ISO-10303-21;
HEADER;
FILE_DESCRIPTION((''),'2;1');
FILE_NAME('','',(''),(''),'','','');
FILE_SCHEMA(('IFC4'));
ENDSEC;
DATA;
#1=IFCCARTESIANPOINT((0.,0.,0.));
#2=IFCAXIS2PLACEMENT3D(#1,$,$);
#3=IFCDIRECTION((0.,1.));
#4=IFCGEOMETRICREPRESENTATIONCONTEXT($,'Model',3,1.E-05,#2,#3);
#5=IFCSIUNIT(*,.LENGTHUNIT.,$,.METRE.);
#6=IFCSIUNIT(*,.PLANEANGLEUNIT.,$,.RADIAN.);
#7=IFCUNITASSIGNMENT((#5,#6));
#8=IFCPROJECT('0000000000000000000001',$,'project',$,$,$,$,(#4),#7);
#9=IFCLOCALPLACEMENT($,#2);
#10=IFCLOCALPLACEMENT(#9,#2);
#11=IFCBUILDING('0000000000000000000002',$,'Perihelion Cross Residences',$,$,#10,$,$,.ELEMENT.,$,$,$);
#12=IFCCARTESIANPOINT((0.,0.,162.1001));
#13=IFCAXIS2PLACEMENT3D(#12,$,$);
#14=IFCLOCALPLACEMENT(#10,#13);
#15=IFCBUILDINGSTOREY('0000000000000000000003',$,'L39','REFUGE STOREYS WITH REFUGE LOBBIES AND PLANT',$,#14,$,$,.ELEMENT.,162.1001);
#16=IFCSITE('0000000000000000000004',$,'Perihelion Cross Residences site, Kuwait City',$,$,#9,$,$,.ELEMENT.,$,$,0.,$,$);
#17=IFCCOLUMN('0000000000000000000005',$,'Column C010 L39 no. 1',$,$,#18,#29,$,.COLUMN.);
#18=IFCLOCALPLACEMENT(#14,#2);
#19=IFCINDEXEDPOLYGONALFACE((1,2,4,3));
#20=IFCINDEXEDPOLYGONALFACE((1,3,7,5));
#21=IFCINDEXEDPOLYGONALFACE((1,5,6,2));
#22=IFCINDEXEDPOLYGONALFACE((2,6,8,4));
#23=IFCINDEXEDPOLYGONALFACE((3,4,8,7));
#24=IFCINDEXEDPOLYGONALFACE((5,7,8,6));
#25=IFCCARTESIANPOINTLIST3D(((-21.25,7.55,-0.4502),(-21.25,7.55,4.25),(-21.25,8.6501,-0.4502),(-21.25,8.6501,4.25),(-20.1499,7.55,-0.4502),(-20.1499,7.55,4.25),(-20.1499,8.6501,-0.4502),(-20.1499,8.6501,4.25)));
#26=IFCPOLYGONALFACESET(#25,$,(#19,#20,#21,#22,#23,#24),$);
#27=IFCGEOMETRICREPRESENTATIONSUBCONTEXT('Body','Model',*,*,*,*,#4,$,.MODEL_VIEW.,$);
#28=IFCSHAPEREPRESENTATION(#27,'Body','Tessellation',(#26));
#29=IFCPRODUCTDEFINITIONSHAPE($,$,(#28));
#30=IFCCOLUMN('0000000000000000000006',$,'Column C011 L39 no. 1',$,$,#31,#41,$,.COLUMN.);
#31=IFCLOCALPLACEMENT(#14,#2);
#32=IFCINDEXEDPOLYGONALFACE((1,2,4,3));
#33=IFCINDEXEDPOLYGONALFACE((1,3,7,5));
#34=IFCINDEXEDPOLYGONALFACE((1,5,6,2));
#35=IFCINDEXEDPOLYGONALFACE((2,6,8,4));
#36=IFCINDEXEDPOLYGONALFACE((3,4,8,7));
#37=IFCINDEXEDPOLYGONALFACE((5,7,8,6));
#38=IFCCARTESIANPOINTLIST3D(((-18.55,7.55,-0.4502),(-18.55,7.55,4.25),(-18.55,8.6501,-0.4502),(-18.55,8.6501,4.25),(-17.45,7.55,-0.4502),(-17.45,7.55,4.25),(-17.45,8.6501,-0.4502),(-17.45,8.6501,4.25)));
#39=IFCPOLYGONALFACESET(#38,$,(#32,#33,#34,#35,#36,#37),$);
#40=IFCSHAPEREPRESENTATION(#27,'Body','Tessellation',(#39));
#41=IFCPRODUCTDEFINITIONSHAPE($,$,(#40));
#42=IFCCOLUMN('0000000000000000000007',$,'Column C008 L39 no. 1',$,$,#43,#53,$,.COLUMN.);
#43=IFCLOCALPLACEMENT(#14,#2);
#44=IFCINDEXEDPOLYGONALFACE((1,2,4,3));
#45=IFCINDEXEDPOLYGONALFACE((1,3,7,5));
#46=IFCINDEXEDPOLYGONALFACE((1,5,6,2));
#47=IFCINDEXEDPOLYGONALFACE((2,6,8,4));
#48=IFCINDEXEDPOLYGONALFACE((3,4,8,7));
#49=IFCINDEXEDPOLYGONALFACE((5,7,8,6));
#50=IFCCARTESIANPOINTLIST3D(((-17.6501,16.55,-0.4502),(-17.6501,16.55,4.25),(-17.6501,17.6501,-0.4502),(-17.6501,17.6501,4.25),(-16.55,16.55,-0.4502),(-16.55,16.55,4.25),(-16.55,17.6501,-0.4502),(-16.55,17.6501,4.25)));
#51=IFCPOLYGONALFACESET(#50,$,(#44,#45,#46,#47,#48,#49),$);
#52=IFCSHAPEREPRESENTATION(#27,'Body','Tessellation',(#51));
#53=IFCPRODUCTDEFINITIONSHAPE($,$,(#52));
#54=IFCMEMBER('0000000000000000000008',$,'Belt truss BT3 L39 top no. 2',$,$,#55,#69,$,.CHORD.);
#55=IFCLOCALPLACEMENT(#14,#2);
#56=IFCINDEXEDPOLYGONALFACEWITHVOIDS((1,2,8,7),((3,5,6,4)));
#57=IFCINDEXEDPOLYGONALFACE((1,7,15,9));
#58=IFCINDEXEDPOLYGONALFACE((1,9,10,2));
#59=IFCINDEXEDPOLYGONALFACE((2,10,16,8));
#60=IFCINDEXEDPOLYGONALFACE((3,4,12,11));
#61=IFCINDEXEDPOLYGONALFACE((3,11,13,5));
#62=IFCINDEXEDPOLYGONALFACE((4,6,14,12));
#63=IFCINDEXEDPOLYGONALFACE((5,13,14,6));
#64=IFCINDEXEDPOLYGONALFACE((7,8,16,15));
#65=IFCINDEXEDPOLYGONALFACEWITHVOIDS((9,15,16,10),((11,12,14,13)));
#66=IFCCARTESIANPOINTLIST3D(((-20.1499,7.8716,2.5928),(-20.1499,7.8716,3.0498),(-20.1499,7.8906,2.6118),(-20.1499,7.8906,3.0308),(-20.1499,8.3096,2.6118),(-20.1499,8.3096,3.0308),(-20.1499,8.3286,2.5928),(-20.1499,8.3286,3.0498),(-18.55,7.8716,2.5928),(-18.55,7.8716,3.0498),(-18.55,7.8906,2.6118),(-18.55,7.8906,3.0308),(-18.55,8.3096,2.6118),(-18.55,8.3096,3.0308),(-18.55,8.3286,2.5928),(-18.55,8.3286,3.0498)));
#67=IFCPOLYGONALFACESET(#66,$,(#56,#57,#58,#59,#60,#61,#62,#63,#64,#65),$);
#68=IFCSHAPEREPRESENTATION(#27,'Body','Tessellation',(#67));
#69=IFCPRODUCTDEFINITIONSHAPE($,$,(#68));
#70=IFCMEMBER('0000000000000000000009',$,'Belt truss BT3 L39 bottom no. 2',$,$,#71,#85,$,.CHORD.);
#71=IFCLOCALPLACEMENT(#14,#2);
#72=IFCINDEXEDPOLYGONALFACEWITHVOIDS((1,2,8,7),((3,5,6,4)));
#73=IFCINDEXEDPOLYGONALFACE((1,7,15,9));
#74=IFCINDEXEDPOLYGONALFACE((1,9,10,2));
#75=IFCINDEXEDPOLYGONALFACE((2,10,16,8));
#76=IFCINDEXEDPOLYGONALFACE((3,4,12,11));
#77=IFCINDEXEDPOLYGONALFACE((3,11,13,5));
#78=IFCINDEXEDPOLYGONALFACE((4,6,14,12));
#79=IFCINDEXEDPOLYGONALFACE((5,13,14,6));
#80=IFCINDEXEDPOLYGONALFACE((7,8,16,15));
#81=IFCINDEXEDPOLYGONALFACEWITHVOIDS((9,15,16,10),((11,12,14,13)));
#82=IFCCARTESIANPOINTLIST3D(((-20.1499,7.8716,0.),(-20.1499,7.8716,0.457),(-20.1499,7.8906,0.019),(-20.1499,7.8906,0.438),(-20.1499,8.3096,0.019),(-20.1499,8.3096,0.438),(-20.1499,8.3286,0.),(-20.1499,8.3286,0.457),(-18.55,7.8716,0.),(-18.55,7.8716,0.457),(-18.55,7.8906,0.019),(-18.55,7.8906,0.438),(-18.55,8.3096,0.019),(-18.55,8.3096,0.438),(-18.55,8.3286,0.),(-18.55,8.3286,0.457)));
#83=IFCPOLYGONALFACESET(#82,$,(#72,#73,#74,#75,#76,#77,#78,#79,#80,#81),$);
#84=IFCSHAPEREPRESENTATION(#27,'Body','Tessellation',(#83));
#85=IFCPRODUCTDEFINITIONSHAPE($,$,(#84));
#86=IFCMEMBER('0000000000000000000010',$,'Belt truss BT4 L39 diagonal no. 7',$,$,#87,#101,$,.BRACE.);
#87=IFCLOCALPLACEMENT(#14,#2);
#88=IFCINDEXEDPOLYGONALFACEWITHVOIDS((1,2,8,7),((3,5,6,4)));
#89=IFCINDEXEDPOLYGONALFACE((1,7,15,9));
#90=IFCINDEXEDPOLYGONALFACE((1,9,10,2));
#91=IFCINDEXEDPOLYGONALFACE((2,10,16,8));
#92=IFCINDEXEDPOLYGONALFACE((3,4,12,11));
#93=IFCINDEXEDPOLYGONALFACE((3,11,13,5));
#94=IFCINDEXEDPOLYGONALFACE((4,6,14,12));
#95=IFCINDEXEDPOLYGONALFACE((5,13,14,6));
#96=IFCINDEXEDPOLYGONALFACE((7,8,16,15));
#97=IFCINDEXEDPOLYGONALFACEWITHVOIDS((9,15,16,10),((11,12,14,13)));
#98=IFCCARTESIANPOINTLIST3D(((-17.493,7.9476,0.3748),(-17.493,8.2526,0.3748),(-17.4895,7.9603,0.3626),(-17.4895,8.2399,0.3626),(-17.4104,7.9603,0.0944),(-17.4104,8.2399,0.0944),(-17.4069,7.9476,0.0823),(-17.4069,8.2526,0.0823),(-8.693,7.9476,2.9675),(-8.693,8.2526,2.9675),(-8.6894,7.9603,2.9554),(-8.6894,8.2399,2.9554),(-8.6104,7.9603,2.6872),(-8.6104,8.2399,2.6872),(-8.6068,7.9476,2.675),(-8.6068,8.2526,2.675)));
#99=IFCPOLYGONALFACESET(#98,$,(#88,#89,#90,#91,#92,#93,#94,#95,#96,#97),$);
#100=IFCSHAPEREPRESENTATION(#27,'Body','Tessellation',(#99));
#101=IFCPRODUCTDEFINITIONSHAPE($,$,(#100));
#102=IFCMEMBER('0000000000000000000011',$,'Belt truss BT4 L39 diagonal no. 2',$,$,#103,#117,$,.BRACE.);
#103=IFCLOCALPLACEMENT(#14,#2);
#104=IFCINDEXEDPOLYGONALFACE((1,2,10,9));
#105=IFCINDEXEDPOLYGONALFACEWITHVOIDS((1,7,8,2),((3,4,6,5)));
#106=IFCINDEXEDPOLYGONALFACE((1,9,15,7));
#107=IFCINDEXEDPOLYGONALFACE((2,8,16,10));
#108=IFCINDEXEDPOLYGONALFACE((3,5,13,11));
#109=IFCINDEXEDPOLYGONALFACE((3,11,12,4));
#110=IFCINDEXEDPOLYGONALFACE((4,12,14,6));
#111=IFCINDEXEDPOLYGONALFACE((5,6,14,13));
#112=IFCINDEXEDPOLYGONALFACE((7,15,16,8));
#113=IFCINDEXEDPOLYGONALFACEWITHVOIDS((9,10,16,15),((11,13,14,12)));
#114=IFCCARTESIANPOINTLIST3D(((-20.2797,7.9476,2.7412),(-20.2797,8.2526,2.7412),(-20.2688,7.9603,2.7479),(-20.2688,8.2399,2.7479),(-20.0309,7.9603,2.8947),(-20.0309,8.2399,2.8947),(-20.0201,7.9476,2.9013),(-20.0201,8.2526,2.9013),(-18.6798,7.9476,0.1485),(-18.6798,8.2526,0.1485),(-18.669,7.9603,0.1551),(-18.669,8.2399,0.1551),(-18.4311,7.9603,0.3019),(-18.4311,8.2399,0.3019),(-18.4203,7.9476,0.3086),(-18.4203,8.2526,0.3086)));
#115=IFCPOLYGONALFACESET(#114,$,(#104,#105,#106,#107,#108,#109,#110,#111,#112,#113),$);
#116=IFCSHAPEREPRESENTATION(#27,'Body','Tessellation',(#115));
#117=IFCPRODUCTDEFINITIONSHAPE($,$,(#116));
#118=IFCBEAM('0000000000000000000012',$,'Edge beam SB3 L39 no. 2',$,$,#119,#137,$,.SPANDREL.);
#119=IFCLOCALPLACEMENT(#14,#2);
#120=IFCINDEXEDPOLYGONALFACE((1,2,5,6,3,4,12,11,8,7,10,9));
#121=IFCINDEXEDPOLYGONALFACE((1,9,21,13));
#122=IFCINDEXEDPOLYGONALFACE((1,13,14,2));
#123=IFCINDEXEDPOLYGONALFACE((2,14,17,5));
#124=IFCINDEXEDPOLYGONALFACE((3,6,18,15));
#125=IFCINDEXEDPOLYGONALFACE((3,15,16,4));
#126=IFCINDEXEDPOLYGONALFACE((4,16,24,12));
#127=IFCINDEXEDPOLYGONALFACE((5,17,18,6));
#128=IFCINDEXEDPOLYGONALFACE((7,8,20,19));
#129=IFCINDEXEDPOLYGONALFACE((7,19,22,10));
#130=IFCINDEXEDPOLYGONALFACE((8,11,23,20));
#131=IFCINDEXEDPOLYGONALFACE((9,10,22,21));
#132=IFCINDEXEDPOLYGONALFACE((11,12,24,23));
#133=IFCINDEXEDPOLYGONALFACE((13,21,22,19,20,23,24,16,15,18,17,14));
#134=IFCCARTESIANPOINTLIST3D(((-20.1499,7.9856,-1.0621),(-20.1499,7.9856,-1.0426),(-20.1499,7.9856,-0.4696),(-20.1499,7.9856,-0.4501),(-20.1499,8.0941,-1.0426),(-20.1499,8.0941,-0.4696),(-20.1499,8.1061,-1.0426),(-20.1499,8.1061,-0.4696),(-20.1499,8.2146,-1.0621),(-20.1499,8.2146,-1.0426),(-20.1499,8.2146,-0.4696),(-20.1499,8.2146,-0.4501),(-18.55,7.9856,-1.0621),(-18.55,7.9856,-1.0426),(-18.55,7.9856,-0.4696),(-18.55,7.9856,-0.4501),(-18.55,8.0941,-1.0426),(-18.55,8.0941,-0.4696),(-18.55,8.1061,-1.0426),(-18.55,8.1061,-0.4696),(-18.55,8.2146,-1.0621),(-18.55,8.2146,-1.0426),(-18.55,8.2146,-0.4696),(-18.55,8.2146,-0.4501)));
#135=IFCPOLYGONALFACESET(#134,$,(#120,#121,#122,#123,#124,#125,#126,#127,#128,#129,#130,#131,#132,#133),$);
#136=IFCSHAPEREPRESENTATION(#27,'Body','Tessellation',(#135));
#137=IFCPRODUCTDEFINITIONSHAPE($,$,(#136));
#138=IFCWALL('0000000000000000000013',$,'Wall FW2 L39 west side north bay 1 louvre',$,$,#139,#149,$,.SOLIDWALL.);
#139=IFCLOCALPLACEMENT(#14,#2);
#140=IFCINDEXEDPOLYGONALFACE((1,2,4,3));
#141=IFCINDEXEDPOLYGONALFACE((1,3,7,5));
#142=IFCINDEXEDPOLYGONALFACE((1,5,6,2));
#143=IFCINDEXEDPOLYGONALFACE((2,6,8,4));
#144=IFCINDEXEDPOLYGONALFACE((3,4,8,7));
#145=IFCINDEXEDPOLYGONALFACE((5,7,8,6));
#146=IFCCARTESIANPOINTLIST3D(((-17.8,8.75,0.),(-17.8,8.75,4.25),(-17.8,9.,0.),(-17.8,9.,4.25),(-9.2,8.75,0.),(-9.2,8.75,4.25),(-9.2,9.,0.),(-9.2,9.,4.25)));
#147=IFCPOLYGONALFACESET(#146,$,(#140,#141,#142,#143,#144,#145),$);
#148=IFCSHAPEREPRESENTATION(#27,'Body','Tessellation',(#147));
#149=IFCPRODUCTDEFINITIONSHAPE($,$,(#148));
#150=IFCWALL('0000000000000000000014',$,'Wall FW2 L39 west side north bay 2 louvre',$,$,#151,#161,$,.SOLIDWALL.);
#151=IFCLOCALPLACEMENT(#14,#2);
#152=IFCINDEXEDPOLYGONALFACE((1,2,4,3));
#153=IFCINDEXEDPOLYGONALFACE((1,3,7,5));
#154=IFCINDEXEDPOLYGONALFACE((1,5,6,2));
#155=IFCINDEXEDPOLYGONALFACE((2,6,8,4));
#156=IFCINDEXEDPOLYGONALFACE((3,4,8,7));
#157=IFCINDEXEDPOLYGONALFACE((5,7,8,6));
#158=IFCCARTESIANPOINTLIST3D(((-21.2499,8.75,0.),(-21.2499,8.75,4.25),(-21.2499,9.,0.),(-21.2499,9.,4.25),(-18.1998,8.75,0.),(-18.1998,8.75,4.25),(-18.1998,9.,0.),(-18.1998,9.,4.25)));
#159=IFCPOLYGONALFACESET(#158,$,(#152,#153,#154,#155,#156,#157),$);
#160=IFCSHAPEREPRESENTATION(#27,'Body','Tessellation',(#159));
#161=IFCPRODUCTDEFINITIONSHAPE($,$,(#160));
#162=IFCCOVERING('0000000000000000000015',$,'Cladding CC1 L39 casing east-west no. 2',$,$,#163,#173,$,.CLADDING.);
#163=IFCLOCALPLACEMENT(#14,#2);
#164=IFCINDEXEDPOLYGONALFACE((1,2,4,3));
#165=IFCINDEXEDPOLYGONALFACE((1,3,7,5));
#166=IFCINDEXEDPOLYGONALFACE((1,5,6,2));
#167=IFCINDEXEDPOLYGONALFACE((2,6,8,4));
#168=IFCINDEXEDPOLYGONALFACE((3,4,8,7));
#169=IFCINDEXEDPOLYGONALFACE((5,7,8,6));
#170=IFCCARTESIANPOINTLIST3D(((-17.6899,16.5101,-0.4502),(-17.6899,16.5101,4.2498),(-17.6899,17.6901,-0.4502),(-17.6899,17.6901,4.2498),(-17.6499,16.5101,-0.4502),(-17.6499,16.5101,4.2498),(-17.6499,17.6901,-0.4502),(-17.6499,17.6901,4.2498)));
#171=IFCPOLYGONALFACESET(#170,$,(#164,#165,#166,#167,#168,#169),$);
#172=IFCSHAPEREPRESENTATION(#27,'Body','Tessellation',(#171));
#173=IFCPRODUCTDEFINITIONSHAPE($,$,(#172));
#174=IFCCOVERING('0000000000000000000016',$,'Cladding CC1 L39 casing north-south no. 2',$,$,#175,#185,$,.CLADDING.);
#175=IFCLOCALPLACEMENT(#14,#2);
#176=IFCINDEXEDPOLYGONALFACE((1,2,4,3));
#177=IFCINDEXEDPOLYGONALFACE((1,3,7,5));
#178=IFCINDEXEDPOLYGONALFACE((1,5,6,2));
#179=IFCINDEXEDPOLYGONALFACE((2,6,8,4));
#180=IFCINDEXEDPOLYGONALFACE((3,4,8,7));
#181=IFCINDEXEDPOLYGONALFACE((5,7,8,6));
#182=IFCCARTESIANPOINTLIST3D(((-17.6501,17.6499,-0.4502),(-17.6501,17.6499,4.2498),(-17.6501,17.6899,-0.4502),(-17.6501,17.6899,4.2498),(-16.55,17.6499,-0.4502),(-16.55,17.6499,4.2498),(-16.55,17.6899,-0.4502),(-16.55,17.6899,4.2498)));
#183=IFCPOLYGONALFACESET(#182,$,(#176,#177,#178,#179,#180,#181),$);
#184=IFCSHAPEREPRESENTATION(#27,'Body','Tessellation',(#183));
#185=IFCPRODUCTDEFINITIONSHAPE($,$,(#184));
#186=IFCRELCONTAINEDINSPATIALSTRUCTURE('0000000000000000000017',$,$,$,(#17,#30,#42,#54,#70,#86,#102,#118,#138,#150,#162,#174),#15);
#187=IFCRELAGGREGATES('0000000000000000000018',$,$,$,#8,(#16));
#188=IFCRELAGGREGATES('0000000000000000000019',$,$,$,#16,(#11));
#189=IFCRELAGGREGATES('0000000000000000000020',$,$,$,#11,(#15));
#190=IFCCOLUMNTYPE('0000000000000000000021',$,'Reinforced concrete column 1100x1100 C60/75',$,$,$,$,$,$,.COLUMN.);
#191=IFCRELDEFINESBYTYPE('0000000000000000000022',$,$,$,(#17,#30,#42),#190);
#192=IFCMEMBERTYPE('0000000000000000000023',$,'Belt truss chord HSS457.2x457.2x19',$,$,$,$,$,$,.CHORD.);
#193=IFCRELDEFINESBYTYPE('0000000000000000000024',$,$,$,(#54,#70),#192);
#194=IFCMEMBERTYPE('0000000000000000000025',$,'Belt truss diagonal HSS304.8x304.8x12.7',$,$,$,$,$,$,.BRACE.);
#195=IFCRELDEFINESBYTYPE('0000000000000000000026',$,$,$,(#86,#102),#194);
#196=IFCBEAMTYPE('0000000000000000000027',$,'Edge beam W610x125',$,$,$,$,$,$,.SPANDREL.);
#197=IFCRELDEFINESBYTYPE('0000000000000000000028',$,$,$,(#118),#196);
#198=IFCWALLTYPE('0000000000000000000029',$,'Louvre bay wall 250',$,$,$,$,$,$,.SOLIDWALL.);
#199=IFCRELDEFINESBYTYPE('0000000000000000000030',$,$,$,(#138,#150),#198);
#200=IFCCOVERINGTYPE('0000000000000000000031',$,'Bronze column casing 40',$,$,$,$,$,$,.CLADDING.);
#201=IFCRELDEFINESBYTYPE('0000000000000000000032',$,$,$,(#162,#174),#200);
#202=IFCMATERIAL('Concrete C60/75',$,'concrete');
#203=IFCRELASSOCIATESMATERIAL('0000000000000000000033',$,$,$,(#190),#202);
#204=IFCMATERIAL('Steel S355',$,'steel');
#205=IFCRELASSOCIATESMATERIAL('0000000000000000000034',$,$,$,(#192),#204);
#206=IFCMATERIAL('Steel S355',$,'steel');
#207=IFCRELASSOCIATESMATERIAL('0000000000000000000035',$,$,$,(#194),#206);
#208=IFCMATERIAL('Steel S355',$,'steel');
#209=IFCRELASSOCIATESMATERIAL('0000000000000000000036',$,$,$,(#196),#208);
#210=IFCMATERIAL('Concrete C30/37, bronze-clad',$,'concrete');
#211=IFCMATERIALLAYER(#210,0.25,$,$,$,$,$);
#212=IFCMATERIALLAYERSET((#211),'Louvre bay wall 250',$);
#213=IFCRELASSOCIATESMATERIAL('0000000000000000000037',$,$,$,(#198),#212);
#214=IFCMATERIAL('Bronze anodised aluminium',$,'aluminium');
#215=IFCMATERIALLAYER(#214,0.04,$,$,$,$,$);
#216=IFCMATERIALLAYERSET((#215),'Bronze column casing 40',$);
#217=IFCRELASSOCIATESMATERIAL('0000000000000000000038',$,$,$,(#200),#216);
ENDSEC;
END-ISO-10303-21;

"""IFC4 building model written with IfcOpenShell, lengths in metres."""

from ifc_helpers import new_model, si_unit, direction, frame, frame_2d, origin, origin_2d, place, context, subcontext, project, spatial, rectangle, hollow_rectangle, i_section, extrude, material, layer, layer_set, material_profile, profile_set, type_object, element, save


model = new_model("IFC4")

# Units and contexts
model_context = context("Model", 3, precision=1e-05, world=origin(), true_north=direction((0.0, 1.0)))
body_context = subcontext(model_context, "Body", "Model", "MODEL_VIEW")
ifc_project = project(units=[si_unit("LENGTHUNIT", "METRE"), si_unit("PLANEANGLEUNIT", "RADIAN")], contexts=[model_context])

# Site, building, storey
site_placement = place(None, origin())
site = spatial("IfcSite", under=ifc_project, at=site_placement, Name="Perihelion Cross Residences site, Kuwait City", CompositionType="ELEMENT", RefElevation=0.0)
building_placement = place(site_placement, origin())
building = spatial("IfcBuilding", under=site, at=building_placement, Name="Perihelion Cross Residences", CompositionType="ELEMENT")
storey_placement = place(building_placement, frame((0.0, 0.0, 162.1001)))
storey = spatial("IfcBuildingStorey", under=building, at=storey_placement, Name="L39", Description="REFUGE STOREYS WITH REFUGE LOBBIES AND PLANT", CompositionType="ELEMENT", Elevation=162.1001)

# Columns
ifc_material_1 = material(Name="Concrete C60/75", Category="concrete")
ifc_material_profile_1 = material_profile(ifc_material_1, rectangle(XDim=1.1001, YDim=1.1001, at=origin_2d()), Name="RC 1100x1100")
ifc_profile_set_1 = profile_set([ifc_material_profile_1], Name="Concrete C60/75")
column_type = type_object("IfcColumnType", Name="Reinforced concrete column 1100x1100 C60/75", PredefinedType="COLUMN", material=ifc_profile_set_1)
for number, where, z_axis, x_axis, name in (
    (1, (-20.7, 8.1001, -0.4502), (0.0, 0.0, 1.0), (1.0, 0.0, 0.0), "Column C010 L39 no. 1"),
    (2, (-18.0, 8.1001, -0.4502), (0.0, 0.0, 1.0), (1.0, 0.0, 0.0), "Column C011 L39 no. 1"),
    (3, (-17.1001, 17.1001, -0.4502), (0.0, 0.0, 1.0), (1.0, 0.0, 0.0), "Column C008 L39 no. 1"),
):
    element("IfcColumn", number, at=place(storey_placement, frame(where, z_axis=z_axis, x_axis=x_axis)), inside=storey, type_object=column_type, Name=name, PredefinedType="COLUMN", context=body_context, shape_type="SweptSolid", body=[
        extrude(rectangle(XDim=1.1001, YDim=1.1001, at=origin_2d()), origin(), (0.0, 0.0, 1.0), 4.7002),
    ])

# Members
ifc_material_2 = material(Name="Steel S355", Category="steel")
ifc_material_profile_2 = material_profile(ifc_material_2, hollow_rectangle(XDim=0.457, YDim=0.457, WallThickness=0.019, at=origin_2d()), Name="HSS457.2x457.2x19")
ifc_profile_set_2 = profile_set([ifc_material_profile_2], Name="Steel S355")
member_type_1 = type_object("IfcMemberType", Name="Belt truss chord HSS457.2x457.2x19", PredefinedType="CHORD", material=ifc_profile_set_2)
for number, where, z_axis, x_axis, name in (
    (4, (-18.55, 8.1001, 2.8213), (-1.0, 0.0, 0.0), (0.0, -1.0, 0.0), "Belt truss BT3 L39 top no. 2"),
    (5, (-18.55, 8.1001, 0.2285), (-1.0, 0.0, 0.0), (0.0, -1.0, 0.0), "Belt truss BT3 L39 bottom no. 2"),
):
    element("IfcMember", number, at=place(storey_placement, frame(where, z_axis=z_axis, x_axis=x_axis)), inside=storey, type_object=member_type_1, Name=name, PredefinedType="CHORD", context=body_context, shape_type="SweptSolid", body=[
        extrude(hollow_rectangle(XDim=0.457, YDim=0.457, WallThickness=0.019, at=origin_2d()), origin(), (0.0, 0.0, 1.0), 1.5999),
    ])
ifc_material_3 = material(Name="Steel S355", Category="steel")
ifc_material_profile_3 = material_profile(ifc_material_3, hollow_rectangle(XDim=0.3049, YDim=0.3049, WallThickness=0.0127, at=origin_2d()), Name="HSS304.8x304.8x12.7")
ifc_profile_set_3 = profile_set([ifc_material_profile_3], Name="Steel S355")
member_type_2 = type_object("IfcMemberType", Name="Belt truss diagonal HSS304.8x304.8x12.7", PredefinedType="BRACE", material=ifc_profile_set_3)
member_1_placement = place(storey_placement, frame((-17.45, 8.1001, 0.2285), z_axis=(0.959232, 0.0, 0.28262), x_axis=(0.0, 1.0, 0.0)))
element("IfcMember", 6, at=member_1_placement, inside=storey, type_object=member_type_2, Name="Belt truss BT4 L39 diagonal no. 7", PredefinedType="BRACE", context=body_context, shape_type="SweptSolid", body=[
    extrude(hollow_rectangle(XDim=0.3049, YDim=0.3049, WallThickness=0.0127, at=origin_2d()), origin(), (0.0, 0.0, 1.0), 9.1741),
])
member_2_placement = place(storey_placement, frame((-18.55, 8.1001, 0.2285), z_axis=(-0.525121, 0.0, 0.851028), x_axis=(0.0, -1.0, 0.0)))
element("IfcMember", 7, at=member_2_placement, inside=storey, type_object=member_type_2, Name="Belt truss BT4 L39 diagonal no. 2", PredefinedType="BRACE", context=body_context, shape_type="SweptSolid", body=[
    extrude(hollow_rectangle(XDim=0.3049, YDim=0.3049, WallThickness=0.0127, at=origin_2d()), origin(), (0.0, 0.0, 1.0), 3.0466),
])

# Beam
ifc_material_4 = material(Name="Steel S355", Category="steel")
ifc_material_profile_4 = material_profile(ifc_material_4, i_section(OverallWidth=0.229, OverallDepth=0.6121, WebThickness=0.012, FlangeThickness=0.0195, at=origin_2d()), Name="W610x125")
ifc_profile_set_4 = profile_set([ifc_material_profile_4], Name="Steel S355")
beam_type = type_object("IfcBeamType", Name="Edge beam W610x125", PredefinedType="SPANDREL", material=ifc_profile_set_4)
beam_placement = place(storey_placement, frame((-18.55, 8.1001, -0.7561), z_axis=(-1.0, 0.0, 0.0), x_axis=(0.0, -1.0, 0.0)))
element("IfcBeam", 8, at=beam_placement, inside=storey, type_object=beam_type, Name="Edge beam SB3 L39 no. 2", PredefinedType="SPANDREL", context=body_context, shape_type="SweptSolid", body=[
    extrude(i_section(OverallWidth=0.229, OverallDepth=0.6121, WebThickness=0.012, FlangeThickness=0.0195, at=origin_2d()), origin(), (0.0, 0.0, 1.0), 1.5999),
])

# Walls
ifc_material_5 = material(Name="Concrete C30/37, bronze-clad", Category="concrete")
ifc_layer_1 = layer(ifc_material_5, 0.25)
ifc_layer_set_1 = layer_set([ifc_layer_1], Name="Louvre bay wall 250")
wall_type = type_object("IfcWallType", Name="Louvre bay wall 250", PredefinedType="SOLIDWALL", material=ifc_layer_set_1)
wall_1_placement = place(storey_placement, frame((-9.2, 8.875, 0.0), z_axis=(0.0, 0.0, 1.0), x_axis=(-1.0, 0.0, 0.0)))
element("IfcWall", 9, at=wall_1_placement, inside=storey, type_object=wall_type, Name="Wall FW2 L39 west side north bay 1 louvre", PredefinedType="SOLIDWALL", context=body_context, shape_type="SweptSolid", body=[
    extrude(rectangle(XDim=8.6001, YDim=0.25, at=frame_2d((4.3, 0.0))), origin(), (0.0, 0.0, 1.0), 4.25),
])
wall_2_placement = place(storey_placement, frame((-18.2, 8.875, 0.0), z_axis=(0.0, 0.0, 1.0), x_axis=(-1.0, 0.0, 0.0)))
element("IfcWall", 10, at=wall_2_placement, inside=storey, type_object=wall_type, Name="Wall FW2 L39 west side north bay 2 louvre", PredefinedType="SOLIDWALL", context=body_context, shape_type="SweptSolid", body=[
    extrude(rectangle(XDim=3.05, YDim=0.25, at=frame_2d((1.5249, 0.0))), origin(), (0.0, 0.0, 1.0), 4.25),
])

# Coverings
ifc_material_6 = material(Name="Bronze anodised aluminium", Category="aluminium")
ifc_layer_2 = layer(ifc_material_6, 0.04)
ifc_layer_set_2 = layer_set([ifc_layer_2], Name="Bronze column casing 40")
covering_type = type_object("IfcCoveringType", Name="Bronze column casing 40", PredefinedType="CLADDING", material=ifc_layer_set_2)
covering_1_placement = place(storey_placement, frame((-17.6699, 17.1001, -0.4502), z_axis=(0.0, 0.0, 1.0), x_axis=(1.0, 0.0, 0.0)))
element("IfcCovering", 11, at=covering_1_placement, inside=storey, type_object=covering_type, Name="Cladding CC1 L39 casing east-west no. 2", PredefinedType="CLADDING", context=body_context, shape_type="SweptSolid", body=[
    extrude(rectangle(XDim=0.04, YDim=1.1799, at=origin_2d()), origin(), (0.0, 0.0, 1.0), 4.7),
])
covering_2_placement = place(storey_placement, frame((-17.1001, 17.6699, -0.4502), z_axis=(0.0, 0.0, 1.0), x_axis=(1.0, 0.0, 0.0)))
element("IfcCovering", 12, at=covering_2_placement, inside=storey, type_object=covering_type, Name="Cladding CC1 L39 casing north-south no. 2", PredefinedType="CLADDING", context=body_context, shape_type="SweptSolid", body=[
    extrude(rectangle(XDim=1.1001, YDim=0.04, at=origin_2d()), origin(), (0.0, 0.0, 1.0), 4.7),
])

save(model, "model.ifc")
